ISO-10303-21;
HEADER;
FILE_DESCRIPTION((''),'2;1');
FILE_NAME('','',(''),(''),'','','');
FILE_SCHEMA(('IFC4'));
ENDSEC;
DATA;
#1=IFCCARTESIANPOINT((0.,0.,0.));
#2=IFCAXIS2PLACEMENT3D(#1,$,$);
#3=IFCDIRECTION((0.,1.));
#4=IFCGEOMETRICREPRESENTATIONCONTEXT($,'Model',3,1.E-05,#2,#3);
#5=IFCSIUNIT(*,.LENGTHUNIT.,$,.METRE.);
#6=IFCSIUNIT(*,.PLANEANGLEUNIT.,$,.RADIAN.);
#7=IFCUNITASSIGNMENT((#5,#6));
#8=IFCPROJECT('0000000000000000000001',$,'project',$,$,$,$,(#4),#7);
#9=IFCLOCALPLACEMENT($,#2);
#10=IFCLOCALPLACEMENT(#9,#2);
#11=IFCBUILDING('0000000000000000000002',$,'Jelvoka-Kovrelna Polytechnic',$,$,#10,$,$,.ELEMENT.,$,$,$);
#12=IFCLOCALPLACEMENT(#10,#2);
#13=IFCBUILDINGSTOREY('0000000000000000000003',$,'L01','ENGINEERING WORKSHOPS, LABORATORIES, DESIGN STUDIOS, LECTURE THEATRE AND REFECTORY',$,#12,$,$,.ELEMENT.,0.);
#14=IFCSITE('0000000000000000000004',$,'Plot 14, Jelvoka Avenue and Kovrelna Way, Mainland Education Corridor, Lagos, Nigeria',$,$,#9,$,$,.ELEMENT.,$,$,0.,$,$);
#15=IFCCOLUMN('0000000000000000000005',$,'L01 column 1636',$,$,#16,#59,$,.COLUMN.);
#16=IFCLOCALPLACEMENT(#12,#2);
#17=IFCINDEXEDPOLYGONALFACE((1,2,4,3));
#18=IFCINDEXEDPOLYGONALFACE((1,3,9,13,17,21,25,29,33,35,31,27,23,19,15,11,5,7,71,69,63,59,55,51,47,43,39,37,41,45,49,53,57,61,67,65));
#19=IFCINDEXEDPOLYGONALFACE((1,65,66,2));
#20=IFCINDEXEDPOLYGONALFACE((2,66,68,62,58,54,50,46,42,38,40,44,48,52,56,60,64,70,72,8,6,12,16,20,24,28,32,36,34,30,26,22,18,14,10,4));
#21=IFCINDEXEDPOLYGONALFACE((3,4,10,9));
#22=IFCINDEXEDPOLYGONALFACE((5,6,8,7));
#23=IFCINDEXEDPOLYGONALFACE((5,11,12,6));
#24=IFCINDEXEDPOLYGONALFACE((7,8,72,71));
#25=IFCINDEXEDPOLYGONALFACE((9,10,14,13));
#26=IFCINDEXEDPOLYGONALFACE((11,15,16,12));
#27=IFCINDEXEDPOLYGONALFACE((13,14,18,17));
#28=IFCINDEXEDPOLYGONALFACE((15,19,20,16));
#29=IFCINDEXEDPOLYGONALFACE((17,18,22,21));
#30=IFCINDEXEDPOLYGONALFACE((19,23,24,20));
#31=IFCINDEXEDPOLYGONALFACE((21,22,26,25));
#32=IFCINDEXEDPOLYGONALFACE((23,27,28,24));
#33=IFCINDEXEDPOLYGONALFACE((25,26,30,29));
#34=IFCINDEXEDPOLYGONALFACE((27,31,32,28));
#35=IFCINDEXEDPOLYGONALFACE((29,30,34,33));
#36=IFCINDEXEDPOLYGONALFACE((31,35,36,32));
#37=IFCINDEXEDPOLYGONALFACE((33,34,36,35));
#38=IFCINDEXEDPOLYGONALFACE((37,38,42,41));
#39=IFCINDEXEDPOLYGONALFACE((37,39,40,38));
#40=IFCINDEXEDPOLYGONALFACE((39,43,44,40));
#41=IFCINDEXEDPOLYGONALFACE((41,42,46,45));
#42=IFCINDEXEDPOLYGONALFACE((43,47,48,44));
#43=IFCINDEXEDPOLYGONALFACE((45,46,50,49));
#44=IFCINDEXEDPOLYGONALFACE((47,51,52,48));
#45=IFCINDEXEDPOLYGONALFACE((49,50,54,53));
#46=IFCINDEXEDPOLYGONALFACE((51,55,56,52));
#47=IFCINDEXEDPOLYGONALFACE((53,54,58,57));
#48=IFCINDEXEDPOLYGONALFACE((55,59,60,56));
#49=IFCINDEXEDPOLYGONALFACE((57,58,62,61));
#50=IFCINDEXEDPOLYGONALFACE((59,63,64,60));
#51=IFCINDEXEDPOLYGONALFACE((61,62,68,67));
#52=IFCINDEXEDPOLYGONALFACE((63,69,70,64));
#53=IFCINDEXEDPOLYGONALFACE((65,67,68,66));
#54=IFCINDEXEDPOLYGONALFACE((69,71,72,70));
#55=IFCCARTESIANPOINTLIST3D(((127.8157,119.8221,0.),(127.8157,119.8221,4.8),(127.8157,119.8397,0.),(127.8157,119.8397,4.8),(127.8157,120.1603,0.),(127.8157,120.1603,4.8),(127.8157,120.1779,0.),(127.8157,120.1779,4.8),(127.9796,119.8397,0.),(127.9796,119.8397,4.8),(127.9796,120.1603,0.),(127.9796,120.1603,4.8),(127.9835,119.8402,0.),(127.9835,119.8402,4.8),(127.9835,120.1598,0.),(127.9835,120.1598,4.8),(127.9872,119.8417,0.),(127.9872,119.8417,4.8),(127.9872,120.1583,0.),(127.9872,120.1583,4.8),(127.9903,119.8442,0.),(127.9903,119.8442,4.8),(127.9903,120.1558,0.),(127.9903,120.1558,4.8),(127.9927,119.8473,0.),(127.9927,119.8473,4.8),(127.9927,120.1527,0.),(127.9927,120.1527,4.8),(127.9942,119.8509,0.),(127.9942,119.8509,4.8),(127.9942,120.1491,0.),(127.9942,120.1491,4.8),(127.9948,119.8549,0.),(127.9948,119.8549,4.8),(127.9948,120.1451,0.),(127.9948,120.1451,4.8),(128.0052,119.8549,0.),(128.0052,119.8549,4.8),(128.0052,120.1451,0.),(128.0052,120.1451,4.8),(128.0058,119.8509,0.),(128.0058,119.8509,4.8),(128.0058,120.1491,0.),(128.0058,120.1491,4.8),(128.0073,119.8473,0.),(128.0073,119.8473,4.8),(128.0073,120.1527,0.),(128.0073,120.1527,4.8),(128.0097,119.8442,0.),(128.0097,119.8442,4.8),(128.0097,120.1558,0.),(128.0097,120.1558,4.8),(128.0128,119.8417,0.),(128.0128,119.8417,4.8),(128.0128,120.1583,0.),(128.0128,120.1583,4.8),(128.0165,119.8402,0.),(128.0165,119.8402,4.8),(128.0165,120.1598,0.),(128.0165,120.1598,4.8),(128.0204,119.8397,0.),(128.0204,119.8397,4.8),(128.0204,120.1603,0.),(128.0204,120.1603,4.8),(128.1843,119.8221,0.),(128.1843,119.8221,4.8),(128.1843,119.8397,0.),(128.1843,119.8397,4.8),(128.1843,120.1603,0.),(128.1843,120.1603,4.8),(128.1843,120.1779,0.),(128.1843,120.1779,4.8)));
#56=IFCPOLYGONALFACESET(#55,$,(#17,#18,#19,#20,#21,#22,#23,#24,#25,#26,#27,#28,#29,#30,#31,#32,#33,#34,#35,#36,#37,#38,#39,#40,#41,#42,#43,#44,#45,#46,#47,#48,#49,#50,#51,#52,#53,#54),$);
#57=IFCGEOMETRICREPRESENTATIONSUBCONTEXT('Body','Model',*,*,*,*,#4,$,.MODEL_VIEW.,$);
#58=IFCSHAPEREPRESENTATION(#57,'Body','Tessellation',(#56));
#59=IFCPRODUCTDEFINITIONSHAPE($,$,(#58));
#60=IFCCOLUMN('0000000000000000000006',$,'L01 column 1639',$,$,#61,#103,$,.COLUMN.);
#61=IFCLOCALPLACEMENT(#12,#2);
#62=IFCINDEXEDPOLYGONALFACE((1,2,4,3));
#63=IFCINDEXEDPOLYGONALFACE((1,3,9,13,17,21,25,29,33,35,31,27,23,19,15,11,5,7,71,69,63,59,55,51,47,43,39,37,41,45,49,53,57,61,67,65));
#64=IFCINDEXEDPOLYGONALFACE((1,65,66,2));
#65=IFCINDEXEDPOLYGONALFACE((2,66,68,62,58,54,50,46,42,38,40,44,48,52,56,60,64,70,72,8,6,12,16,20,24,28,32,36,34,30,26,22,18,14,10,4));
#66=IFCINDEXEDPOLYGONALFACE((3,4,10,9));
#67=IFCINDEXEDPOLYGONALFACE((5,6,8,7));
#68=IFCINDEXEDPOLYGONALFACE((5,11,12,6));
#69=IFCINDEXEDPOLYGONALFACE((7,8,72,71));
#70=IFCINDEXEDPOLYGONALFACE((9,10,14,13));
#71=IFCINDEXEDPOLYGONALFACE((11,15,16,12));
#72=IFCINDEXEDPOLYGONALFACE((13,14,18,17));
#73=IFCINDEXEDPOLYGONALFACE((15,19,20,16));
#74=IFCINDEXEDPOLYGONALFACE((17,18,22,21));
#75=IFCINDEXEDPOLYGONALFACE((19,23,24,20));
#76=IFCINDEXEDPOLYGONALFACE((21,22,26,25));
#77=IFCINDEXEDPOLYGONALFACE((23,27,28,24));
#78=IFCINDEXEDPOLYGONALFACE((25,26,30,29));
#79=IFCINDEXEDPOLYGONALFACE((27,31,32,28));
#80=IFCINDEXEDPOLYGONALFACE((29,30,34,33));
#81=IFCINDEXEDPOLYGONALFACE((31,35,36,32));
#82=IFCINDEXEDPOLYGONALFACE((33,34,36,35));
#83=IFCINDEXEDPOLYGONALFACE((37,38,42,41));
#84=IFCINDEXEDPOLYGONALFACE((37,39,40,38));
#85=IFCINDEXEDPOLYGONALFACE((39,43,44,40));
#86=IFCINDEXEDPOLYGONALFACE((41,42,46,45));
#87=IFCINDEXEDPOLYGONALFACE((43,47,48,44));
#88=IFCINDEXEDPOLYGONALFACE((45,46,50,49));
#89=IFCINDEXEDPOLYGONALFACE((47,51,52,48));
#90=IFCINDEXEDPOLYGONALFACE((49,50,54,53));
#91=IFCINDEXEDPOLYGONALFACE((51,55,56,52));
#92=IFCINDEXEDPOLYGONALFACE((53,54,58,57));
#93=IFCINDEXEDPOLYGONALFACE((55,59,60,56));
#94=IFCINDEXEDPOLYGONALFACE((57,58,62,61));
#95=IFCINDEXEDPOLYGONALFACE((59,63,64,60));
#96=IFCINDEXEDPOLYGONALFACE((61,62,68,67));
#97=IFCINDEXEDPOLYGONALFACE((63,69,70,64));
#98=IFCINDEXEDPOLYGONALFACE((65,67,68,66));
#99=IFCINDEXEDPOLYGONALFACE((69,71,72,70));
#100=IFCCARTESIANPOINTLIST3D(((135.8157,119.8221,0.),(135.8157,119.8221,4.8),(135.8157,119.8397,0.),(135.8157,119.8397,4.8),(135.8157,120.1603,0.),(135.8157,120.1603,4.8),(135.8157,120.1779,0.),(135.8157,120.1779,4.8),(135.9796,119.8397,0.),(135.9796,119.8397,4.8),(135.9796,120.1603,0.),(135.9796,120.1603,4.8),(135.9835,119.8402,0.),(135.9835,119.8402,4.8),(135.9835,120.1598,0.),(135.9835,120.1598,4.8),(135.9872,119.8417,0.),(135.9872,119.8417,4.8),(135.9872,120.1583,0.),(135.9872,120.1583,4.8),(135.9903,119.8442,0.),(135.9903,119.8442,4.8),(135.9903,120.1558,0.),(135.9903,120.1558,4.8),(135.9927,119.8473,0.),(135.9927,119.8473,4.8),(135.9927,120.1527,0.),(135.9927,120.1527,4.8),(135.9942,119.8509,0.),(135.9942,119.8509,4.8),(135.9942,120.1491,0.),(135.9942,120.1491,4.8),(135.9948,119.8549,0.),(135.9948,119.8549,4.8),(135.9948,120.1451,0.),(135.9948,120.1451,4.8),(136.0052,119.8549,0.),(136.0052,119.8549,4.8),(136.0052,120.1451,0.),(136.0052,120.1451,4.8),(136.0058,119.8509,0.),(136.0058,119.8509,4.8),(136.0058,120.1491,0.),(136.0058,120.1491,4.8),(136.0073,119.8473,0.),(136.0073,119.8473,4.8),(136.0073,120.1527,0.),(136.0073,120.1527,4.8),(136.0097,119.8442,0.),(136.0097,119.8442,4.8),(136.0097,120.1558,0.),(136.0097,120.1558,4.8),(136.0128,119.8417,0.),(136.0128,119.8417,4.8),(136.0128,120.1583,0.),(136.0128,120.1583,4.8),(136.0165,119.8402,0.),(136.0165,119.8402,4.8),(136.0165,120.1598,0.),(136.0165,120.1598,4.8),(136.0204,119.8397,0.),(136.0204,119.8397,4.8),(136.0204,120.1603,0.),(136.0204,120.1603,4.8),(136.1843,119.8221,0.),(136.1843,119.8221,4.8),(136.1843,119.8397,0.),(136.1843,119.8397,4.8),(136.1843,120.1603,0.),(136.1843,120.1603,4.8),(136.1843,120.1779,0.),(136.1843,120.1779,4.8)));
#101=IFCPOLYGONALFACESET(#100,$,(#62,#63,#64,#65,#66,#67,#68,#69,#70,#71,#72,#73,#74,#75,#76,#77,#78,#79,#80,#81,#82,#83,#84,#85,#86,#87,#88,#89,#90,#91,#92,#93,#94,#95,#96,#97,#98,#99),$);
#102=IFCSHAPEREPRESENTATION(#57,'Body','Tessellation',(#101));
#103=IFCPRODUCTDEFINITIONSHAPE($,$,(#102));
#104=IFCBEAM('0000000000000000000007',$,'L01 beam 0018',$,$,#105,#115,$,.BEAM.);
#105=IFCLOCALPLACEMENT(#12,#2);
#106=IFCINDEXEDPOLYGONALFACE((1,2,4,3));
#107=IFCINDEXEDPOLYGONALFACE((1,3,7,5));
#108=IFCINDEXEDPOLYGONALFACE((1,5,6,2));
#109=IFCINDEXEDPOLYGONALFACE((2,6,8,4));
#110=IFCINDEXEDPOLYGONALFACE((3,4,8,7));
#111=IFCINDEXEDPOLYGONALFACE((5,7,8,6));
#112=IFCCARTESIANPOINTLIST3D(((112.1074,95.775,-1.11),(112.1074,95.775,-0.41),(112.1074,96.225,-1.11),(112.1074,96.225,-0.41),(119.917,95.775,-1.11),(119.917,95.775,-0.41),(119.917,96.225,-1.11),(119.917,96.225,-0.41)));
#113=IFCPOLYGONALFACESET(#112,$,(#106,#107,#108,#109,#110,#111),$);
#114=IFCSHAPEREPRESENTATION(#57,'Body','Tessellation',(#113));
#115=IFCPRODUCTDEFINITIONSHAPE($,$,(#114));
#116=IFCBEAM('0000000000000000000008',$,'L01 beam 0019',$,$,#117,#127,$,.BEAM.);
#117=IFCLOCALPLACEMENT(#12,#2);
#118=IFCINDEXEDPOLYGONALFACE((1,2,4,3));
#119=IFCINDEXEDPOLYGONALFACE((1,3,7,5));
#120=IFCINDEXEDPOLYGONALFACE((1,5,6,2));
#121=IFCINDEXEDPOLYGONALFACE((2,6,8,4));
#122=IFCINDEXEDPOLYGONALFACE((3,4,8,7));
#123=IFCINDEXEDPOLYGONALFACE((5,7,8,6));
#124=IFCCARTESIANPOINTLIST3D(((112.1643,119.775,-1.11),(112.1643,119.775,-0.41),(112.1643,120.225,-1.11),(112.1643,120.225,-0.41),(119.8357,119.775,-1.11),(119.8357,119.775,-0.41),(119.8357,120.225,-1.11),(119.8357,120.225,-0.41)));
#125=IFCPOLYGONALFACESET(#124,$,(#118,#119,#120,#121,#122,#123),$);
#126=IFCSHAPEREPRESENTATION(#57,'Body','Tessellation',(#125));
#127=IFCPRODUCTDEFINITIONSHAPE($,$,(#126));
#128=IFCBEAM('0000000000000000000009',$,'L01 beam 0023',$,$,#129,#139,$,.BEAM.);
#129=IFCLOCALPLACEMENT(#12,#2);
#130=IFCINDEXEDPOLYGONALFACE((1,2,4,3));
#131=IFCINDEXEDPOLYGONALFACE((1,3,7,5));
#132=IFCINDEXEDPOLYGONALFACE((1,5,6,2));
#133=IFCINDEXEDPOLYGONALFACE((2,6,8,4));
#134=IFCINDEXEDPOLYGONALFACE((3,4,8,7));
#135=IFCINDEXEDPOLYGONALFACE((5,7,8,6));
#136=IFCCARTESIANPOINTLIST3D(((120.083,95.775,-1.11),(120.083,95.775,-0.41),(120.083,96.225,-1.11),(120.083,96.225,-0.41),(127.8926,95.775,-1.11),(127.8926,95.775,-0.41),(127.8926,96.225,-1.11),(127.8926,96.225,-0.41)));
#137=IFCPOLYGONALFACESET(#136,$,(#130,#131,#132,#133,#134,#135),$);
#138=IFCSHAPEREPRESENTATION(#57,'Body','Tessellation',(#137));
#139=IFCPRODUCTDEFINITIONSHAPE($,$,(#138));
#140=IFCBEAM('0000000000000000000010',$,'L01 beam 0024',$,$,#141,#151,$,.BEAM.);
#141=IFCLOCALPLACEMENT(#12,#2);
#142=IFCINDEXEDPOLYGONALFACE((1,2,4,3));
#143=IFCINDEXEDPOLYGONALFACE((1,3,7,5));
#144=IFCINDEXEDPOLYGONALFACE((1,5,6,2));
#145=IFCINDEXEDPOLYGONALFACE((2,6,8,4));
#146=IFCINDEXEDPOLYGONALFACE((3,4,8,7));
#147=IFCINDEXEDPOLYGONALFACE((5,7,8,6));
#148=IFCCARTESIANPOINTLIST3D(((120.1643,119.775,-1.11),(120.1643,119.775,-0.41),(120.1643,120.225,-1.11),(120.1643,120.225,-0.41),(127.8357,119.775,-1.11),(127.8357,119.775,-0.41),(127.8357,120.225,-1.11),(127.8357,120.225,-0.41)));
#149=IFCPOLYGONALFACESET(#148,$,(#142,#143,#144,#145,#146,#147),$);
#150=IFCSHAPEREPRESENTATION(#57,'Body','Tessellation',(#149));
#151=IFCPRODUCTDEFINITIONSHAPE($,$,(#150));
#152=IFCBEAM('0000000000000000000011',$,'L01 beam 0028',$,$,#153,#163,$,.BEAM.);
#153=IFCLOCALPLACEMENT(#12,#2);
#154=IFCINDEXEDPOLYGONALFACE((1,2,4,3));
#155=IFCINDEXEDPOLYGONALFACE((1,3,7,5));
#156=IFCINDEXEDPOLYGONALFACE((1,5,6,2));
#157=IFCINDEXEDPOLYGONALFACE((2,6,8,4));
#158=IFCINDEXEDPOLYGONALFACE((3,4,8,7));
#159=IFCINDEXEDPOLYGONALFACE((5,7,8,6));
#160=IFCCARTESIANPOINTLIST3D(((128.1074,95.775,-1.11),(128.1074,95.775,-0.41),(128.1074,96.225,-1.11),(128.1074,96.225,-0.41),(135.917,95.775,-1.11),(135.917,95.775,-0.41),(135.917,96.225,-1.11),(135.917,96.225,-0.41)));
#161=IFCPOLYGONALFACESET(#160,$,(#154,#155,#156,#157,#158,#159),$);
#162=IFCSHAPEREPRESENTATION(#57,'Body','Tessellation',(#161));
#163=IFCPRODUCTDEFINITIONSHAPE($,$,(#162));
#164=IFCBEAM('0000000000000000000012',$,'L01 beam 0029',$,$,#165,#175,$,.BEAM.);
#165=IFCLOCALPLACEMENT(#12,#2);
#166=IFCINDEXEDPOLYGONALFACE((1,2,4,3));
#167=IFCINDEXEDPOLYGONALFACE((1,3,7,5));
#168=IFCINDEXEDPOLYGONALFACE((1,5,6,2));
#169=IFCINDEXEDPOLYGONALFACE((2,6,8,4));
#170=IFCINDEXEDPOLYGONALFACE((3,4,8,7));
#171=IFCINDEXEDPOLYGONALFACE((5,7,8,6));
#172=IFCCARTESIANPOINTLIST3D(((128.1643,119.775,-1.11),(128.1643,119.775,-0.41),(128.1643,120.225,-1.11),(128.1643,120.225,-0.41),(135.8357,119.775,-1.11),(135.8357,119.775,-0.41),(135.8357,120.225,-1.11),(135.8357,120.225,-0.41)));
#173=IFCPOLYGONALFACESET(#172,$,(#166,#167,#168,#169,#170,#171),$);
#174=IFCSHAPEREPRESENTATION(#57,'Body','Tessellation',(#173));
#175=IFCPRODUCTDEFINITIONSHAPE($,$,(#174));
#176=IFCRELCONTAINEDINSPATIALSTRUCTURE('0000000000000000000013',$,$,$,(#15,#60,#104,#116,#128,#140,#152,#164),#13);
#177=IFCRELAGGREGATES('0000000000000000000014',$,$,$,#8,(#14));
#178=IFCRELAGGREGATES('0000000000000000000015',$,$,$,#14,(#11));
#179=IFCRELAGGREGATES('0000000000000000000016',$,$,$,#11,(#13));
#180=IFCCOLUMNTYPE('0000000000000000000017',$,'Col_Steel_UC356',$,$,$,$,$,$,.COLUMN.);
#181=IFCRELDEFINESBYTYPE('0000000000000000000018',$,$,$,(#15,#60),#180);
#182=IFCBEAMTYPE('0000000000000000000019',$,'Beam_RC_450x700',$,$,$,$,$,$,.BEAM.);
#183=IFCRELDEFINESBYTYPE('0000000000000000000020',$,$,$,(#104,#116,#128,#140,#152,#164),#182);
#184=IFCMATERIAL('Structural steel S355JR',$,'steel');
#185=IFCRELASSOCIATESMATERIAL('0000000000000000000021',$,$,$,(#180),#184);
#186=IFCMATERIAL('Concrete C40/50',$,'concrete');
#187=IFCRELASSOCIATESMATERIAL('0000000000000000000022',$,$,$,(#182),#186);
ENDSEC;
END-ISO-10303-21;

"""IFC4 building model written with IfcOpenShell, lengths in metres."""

from ifc_helpers import new_model, si_unit, direction, frame, origin, origin_2d, place, context, subcontext, project, spatial, rectangle, i_section, extrude, material, material_profile, profile_set, type_object, element, save


model = new_model("IFC4")

# Units and contexts
model_context = context("Model", 3, precision=1e-05, world=origin(), true_north=direction((0.0, 1.0)))
body_context = subcontext(model_context, "Body", "Model", "MODEL_VIEW")
ifc_project = project(units=[si_unit("LENGTHUNIT", "METRE"), si_unit("PLANEANGLEUNIT", "RADIAN")], contexts=[model_context])

# Site, building, storey
site_placement = place(None, origin())
site = spatial("IfcSite", under=ifc_project, at=site_placement, Name="Plot 14, Jelvoka Avenue and Kovrelna Way, Mainland Education Corridor, Lagos, Nigeria", CompositionType="ELEMENT", RefElevation=0.0)
building_placement = place(site_placement, origin())
building = spatial("IfcBuilding", under=site, at=building_placement, Name="Jelvoka-Kovrelna Polytechnic", CompositionType="ELEMENT")
storey_placement = place(building_placement, origin())
storey = spatial("IfcBuildingStorey", under=building, at=storey_placement, Name="L01", Description="ENGINEERING WORKSHOPS, LABORATORIES, DESIGN STUDIOS, LECTURE THEATRE AND REFECTORY", CompositionType="ELEMENT", Elevation=0.0)

# Columns
ifc_material_1 = material(Name="Structural steel S355JR", Category="steel")
ifc_material_profile_1 = material_profile(ifc_material_1, i_section(OverallWidth=0.3687, OverallDepth=0.3557, WebThickness=0.0105, FlangeThickness=0.0176, FilletRadius=0.0151, at=origin_2d()), Name="356x368x129 UC")
ifc_profile_set_1 = profile_set([ifc_material_profile_1], Name="Structural steel S355JR")
column_type_1 = type_object("IfcColumnType", Name="Col_Steel_UC356", PredefinedType="COLUMN", material=ifc_profile_set_1)
for number, where, z_axis, x_axis, name in (
    (1, (128.0, 120.0, 0.0), (0.0, 0.0, 1.0), (1.0, 0.0, 0.0), "L01 column 1636"),
    (2, (136.0, 120.0, 0.0), (0.0, 0.0, 1.0), (1.0, 0.0, 0.0), "L01 column 1639"),
):
    element("IfcColumn", number, at=place(storey_placement, frame(where, z_axis=z_axis, x_axis=x_axis)), inside=storey, type_object=column_type_1, Name=name, PredefinedType="COLUMN", context=body_context, shape_type="SweptSolid", body=[
        extrude(i_section(OverallWidth=0.3687, OverallDepth=0.3557, WebThickness=0.0105, FlangeThickness=0.0176, FilletRadius=0.0151, at=origin_2d()), origin(), (0.0, 0.0, 1.0), 4.8),
    ])

# Beams
ifc_material_2 = material(Name="Concrete C40/50", Category="concrete")
ifc_material_profile_2 = material_profile(ifc_material_2, rectangle(XDim=0.45, YDim=0.7, at=origin_2d()), Name="RC 450x700")
ifc_profile_set_2 = profile_set([ifc_material_profile_2], Name="Concrete C40/50")
beam_type = type_object("IfcBeamType", Name="Beam_RC_450x700", PredefinedType="BEAM", material=ifc_profile_set_2)
beam_1_placement = place(storey_placement, frame((112.1074, 96.0, -0.76), z_axis=(1.0, 0.0, 0.0), x_axis=(0.0, 1.0, 0.0)))
element("IfcBeam", 3, at=beam_1_placement, inside=storey, type_object=beam_type, Name="L01 beam 0018", PredefinedType="BEAM", context=body_context, shape_type="SweptSolid", body=[
    extrude(rectangle(XDim=0.45, YDim=0.7, at=origin_2d()), origin(), (0.0, 0.0, 1.0), 7.8096),
])
beam_2_placement = place(storey_placement, frame((112.1643, 120.0, -0.76), z_axis=(1.0, 0.0, 0.0), x_axis=(0.0, 1.0, 0.0)))
element("IfcBeam", 4, at=beam_2_placement, inside=storey, type_object=beam_type, Name="L01 beam 0019", PredefinedType="BEAM", context=body_context, shape_type="SweptSolid", body=[
    extrude(rectangle(XDim=0.45, YDim=0.7, at=origin_2d()), origin(), (0.0, 0.0, 1.0), 7.6714),
])
beam_3_placement = place(storey_placement, frame((120.083, 96.0, -0.76), z_axis=(1.0, 0.0, 0.0), x_axis=(0.0, 1.0, 0.0)))
element("IfcBeam", 5, at=beam_3_placement, inside=storey, type_object=beam_type, Name="L01 beam 0023", PredefinedType="BEAM", context=body_context, shape_type="SweptSolid", body=[
    extrude(rectangle(XDim=0.45, YDim=0.7, at=origin_2d()), origin(), (0.0, 0.0, 1.0), 7.8096),
])
beam_4_placement = place(storey_placement, frame((120.1643, 120.0, -0.76), z_axis=(1.0, 0.0, 0.0), x_axis=(0.0, 1.0, 0.0)))
element("IfcBeam", 6, at=beam_4_placement, inside=storey, type_object=beam_type, Name="L01 beam 0024", PredefinedType="BEAM", context=body_context, shape_type="SweptSolid", body=[
    extrude(rectangle(XDim=0.45, YDim=0.7, at=origin_2d()), origin(), (0.0, 0.0, 1.0), 7.6714),
])
beam_5_placement = place(storey_placement, frame((128.1074, 96.0, -0.76), z_axis=(1.0, 0.0, 0.0), x_axis=(0.0, 1.0, 0.0)))
element("IfcBeam", 7, at=beam_5_placement, inside=storey, type_object=beam_type, Name="L01 beam 0028", PredefinedType="BEAM", context=body_context, shape_type="SweptSolid", body=[
    extrude(rectangle(XDim=0.45, YDim=0.7, at=origin_2d()), origin(), (0.0, 0.0, 1.0), 7.8096),
])
beam_6_placement = place(storey_placement, frame((128.1643, 120.0, -0.76), z_axis=(1.0, 0.0, 0.0), x_axis=(0.0, 1.0, 0.0)))
element("IfcBeam", 8, at=beam_6_placement, inside=storey, type_object=beam_type, Name="L01 beam 0029", PredefinedType="BEAM", context=body_context, shape_type="SweptSolid", body=[
    extrude(rectangle(XDim=0.45, YDim=0.7, at=origin_2d()), origin(), (0.0, 0.0, 1.0), 7.6714),
])

save(model, "model.ifc")
